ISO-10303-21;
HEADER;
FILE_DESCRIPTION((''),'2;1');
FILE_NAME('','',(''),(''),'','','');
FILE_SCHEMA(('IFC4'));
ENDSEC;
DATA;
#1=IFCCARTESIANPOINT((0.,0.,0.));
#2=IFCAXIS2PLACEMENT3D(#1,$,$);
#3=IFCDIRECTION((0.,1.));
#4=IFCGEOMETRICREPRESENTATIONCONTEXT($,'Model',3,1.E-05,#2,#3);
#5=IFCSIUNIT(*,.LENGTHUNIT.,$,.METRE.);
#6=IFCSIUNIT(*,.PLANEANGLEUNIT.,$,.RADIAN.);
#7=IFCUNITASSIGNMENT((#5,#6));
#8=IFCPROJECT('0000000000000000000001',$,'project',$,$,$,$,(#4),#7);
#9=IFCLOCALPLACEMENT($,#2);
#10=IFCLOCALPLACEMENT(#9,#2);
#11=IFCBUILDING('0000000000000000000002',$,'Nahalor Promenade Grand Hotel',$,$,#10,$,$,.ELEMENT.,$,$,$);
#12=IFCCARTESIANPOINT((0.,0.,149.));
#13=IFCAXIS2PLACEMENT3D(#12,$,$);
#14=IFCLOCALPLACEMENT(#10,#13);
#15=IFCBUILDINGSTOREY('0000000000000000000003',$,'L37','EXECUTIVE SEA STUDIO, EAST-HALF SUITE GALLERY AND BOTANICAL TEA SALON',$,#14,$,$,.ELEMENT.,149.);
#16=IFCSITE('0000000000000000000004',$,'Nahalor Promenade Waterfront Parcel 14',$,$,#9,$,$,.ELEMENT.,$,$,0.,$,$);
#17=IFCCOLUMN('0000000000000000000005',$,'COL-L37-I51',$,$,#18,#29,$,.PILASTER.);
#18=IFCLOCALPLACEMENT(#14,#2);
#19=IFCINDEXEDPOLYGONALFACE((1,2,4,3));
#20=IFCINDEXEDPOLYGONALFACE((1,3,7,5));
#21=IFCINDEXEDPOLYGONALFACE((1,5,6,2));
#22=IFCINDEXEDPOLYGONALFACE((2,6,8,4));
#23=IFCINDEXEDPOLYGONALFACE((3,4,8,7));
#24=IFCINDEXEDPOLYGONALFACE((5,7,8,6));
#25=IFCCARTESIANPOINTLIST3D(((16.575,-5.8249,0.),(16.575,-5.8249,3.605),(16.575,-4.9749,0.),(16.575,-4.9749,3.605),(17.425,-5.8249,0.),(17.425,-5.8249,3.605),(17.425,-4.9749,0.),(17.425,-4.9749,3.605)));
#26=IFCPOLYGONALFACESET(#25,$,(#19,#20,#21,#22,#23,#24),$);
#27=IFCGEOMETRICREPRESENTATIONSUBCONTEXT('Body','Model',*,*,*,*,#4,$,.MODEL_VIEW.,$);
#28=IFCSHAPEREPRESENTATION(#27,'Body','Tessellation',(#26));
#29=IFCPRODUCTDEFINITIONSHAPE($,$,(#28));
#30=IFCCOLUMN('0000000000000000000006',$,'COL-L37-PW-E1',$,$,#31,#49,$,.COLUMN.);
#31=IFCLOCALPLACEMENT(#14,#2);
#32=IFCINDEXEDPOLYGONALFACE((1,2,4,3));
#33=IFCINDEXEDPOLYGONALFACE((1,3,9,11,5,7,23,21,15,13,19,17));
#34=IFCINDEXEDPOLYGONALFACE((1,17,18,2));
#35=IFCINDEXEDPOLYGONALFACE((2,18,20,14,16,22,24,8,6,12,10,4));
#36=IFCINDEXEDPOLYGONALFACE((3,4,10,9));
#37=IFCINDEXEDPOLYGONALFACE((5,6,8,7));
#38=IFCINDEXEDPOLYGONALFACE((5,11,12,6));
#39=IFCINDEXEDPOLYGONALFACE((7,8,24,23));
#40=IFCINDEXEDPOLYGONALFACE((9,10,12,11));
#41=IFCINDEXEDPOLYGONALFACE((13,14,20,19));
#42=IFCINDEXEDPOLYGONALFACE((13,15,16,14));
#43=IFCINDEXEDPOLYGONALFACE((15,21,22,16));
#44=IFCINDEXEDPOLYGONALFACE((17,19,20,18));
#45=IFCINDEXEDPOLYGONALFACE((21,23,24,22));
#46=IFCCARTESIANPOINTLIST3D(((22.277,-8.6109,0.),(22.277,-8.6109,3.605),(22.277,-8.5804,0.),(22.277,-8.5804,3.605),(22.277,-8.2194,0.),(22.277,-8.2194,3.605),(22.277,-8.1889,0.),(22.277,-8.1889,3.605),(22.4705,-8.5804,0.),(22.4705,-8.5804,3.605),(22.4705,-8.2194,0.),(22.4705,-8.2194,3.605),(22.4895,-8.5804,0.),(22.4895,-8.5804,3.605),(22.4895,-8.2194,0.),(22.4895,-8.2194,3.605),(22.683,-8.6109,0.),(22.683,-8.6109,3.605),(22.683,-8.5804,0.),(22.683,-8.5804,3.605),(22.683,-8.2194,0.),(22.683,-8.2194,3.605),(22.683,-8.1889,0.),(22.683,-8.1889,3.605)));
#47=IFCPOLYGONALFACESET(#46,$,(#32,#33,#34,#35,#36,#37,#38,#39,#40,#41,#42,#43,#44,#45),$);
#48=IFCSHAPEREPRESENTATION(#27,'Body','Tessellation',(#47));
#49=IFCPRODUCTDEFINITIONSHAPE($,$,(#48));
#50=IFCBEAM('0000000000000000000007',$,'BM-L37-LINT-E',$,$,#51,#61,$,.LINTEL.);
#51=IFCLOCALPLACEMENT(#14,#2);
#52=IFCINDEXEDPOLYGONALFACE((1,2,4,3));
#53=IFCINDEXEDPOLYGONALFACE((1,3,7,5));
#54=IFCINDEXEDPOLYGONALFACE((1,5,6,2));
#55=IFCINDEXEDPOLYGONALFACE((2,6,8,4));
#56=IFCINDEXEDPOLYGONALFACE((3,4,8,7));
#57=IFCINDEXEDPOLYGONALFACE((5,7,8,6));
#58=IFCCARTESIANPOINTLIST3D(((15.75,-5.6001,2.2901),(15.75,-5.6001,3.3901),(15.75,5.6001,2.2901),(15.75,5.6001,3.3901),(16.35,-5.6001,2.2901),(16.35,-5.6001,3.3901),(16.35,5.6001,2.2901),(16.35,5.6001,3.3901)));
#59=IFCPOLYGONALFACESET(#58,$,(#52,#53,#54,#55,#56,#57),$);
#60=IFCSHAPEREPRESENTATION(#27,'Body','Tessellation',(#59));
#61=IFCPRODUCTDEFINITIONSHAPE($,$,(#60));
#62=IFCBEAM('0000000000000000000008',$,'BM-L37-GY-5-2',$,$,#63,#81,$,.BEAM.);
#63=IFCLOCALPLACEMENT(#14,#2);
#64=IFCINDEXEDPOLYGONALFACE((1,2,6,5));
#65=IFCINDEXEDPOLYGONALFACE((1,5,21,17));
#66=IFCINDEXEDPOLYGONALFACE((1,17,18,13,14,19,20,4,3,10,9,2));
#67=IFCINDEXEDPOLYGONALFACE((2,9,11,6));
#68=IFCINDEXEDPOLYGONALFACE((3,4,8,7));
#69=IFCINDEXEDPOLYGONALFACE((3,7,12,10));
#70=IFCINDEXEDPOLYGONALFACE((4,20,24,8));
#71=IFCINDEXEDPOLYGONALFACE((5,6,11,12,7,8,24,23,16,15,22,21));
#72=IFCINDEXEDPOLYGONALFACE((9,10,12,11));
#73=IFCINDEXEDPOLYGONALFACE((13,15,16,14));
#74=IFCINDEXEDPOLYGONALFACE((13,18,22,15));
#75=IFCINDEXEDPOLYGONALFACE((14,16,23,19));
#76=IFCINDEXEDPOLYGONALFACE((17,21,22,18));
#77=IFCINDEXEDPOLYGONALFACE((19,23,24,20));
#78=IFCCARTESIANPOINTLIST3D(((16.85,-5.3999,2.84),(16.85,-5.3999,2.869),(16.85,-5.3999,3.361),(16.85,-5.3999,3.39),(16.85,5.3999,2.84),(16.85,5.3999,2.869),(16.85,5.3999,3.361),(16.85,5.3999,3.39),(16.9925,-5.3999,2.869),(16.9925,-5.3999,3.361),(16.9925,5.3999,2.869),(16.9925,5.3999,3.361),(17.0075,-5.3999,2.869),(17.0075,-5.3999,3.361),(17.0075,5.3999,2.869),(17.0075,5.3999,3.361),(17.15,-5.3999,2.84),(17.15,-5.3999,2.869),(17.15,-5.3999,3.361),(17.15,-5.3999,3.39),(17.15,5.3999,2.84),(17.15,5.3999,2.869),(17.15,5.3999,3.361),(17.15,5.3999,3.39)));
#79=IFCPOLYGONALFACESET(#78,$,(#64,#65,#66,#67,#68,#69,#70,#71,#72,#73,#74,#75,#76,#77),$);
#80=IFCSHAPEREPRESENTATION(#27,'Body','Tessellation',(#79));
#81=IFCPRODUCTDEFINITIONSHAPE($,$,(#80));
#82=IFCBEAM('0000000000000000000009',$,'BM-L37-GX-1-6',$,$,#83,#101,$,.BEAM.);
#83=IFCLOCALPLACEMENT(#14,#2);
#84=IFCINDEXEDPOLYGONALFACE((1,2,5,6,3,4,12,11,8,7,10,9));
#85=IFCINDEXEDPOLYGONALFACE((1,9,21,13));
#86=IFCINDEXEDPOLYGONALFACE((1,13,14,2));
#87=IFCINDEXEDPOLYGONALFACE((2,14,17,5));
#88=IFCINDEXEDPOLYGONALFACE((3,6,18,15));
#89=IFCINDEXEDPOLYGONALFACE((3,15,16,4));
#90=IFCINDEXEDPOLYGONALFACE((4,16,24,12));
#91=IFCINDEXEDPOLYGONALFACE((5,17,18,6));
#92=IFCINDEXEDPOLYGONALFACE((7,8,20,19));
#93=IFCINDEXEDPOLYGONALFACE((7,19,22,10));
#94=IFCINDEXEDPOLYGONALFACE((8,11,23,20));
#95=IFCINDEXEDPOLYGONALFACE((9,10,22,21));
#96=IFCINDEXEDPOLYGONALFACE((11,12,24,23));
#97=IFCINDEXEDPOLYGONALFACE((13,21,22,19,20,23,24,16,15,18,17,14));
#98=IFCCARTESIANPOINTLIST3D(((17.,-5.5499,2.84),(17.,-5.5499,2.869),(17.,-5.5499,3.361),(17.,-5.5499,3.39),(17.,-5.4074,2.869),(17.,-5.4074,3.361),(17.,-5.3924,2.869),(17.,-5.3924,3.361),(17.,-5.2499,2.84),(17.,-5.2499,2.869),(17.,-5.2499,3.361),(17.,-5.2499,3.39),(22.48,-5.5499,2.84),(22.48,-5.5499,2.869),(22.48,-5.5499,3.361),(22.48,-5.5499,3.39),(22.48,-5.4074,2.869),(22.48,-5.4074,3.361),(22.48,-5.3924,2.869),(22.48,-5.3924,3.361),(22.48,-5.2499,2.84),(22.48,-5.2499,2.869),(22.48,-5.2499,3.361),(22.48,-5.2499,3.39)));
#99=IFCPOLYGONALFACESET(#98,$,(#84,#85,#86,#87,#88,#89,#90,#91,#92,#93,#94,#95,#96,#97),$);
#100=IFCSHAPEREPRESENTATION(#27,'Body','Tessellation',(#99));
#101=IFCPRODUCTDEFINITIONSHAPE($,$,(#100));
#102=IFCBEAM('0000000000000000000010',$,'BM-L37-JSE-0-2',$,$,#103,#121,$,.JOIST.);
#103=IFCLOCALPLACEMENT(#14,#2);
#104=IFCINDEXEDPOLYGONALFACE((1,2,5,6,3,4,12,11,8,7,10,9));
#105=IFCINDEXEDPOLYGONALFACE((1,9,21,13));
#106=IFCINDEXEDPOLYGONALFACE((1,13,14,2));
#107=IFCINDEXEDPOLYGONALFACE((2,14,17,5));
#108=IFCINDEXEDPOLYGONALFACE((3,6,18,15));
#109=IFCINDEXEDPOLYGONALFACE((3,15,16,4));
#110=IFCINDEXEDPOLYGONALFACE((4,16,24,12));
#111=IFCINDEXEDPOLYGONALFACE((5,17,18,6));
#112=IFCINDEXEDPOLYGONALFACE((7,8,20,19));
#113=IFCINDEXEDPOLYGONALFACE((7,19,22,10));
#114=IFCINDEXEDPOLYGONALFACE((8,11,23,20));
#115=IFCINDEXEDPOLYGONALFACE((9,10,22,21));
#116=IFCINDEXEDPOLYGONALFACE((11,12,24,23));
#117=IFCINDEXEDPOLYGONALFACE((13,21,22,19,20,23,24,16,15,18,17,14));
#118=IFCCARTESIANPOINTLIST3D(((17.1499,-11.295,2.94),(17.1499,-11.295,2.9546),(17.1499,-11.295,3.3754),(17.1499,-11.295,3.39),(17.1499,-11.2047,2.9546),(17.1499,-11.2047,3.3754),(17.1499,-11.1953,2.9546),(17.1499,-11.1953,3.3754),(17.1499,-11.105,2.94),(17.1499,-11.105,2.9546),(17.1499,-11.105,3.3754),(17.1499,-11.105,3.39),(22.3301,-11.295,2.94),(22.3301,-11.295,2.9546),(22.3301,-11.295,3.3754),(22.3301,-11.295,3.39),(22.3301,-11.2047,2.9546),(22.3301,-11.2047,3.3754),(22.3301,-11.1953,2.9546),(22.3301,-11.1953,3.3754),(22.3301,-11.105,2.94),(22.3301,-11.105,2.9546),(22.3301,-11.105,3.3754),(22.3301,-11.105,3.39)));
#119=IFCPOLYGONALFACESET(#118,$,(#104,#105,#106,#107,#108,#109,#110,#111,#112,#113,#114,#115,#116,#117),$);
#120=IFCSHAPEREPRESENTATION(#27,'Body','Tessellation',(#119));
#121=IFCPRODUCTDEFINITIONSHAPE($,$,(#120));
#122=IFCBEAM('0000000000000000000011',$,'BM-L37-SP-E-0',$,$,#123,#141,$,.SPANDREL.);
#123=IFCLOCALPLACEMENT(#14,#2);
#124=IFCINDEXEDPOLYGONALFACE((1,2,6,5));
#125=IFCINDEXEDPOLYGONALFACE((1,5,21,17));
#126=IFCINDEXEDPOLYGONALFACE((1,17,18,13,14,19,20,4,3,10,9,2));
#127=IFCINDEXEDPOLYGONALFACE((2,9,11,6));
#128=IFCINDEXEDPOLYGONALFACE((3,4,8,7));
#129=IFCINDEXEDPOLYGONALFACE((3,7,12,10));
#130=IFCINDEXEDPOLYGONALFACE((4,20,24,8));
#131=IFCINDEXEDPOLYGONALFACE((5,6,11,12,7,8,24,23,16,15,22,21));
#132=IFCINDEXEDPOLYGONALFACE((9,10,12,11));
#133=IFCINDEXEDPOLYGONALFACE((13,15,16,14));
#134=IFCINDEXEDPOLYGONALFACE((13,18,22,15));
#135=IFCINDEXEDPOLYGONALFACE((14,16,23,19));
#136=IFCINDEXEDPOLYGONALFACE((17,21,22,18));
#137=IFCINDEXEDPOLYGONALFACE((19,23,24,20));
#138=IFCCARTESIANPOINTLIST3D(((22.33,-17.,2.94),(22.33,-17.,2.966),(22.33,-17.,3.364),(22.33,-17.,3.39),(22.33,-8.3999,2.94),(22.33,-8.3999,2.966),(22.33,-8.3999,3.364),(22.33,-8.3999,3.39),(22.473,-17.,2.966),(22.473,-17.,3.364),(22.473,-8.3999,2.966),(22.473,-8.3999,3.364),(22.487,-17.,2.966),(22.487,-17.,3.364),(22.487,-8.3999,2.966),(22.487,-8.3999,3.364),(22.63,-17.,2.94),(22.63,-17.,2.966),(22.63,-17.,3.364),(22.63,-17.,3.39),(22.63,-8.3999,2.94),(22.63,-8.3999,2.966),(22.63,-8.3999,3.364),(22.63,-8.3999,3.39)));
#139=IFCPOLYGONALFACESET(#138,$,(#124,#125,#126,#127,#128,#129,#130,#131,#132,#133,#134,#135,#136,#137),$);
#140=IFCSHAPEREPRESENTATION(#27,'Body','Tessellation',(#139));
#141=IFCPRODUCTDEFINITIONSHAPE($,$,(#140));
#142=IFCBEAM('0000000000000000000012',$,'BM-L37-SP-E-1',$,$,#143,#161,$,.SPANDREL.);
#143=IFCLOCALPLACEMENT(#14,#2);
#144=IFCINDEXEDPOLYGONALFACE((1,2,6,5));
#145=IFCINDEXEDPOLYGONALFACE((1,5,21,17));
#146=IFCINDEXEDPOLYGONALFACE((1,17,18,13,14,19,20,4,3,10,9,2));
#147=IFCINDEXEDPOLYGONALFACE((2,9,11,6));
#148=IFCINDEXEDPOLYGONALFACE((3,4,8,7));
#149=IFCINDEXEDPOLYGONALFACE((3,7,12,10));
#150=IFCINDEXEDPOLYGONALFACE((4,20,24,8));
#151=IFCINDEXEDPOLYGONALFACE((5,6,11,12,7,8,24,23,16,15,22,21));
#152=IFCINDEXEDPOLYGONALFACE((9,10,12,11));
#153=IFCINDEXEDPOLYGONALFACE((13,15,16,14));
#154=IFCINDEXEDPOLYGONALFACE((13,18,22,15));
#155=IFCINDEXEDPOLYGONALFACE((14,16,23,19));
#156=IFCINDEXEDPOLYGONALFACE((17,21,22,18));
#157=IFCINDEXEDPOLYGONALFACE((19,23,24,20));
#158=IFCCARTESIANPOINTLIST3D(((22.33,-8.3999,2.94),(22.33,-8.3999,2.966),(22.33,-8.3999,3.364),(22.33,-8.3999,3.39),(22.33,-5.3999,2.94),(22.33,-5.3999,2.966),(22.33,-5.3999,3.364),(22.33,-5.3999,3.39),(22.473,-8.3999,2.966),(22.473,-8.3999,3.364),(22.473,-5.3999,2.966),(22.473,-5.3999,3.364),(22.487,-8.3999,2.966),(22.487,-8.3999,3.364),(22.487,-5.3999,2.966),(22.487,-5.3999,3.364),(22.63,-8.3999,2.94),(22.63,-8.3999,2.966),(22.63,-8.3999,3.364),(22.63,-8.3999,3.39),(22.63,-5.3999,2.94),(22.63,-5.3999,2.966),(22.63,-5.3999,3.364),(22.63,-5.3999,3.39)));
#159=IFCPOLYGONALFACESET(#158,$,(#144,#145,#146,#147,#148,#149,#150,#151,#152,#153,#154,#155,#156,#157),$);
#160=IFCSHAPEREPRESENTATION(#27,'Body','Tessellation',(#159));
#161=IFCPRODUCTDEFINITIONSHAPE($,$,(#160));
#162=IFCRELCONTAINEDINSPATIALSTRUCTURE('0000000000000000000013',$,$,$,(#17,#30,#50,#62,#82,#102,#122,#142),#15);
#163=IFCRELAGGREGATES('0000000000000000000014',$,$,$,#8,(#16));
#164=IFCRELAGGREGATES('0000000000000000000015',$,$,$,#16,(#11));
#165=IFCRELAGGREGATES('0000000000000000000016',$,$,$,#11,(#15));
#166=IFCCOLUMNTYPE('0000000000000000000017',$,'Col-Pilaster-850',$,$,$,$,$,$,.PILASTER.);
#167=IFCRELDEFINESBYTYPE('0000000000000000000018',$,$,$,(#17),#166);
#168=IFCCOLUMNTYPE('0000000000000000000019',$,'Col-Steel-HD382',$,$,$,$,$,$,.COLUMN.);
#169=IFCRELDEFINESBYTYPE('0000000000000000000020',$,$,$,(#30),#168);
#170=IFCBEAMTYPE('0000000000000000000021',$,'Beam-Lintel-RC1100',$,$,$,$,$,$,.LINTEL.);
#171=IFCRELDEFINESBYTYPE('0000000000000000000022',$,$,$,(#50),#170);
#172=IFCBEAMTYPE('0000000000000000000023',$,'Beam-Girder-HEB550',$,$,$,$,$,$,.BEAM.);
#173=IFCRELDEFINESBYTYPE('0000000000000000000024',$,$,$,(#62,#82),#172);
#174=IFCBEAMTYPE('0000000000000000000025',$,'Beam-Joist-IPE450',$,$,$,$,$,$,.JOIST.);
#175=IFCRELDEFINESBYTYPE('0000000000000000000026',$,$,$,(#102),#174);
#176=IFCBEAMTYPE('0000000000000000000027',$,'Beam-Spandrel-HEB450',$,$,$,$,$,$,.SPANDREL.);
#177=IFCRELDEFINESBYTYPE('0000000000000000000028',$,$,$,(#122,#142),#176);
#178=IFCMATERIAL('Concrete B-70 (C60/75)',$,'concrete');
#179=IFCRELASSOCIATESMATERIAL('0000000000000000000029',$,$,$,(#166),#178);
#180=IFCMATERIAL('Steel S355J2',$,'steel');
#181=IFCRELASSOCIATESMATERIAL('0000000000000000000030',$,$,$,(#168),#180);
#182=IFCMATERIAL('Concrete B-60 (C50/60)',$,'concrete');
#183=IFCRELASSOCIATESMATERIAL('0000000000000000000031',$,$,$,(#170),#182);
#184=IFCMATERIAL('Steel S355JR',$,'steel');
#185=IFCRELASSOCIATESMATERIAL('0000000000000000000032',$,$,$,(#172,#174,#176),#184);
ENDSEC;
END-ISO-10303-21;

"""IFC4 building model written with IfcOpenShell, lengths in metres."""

from ifc_helpers import new_model, si_unit, direction, frame, origin, origin_2d, place, context, subcontext, project, spatial, rectangle, i_section, extrude, source, transform, mapped, material, material_profile, profile_set, type_object, element, save


model = new_model("IFC4")

# Units and contexts
model_context = context("Model", 3, precision=1e-05, world=origin(), true_north=direction((0.0, 1.0)))
body_context = subcontext(model_context, "Body", "Model", "MODEL_VIEW")
ifc_project = project(units=[si_unit("LENGTHUNIT", "METRE"), si_unit("PLANEANGLEUNIT", "RADIAN")], contexts=[model_context])

# Site, building, storey
site_placement = place(None, origin())
site = spatial("IfcSite", under=ifc_project, at=site_placement, Name="Nahalor Promenade Waterfront Parcel 14", CompositionType="ELEMENT", RefElevation=0.0)
building_placement = place(site_placement, origin())
building = spatial("IfcBuilding", under=site, at=building_placement, Name="Nahalor Promenade Grand Hotel", CompositionType="ELEMENT")
storey_placement = place(building_placement, frame((0.0, 0.0, 149.0)))
storey = spatial("IfcBuildingStorey", under=building, at=storey_placement, Name="L37", Description="EXECUTIVE SEA STUDIO, EAST-HALF SUITE GALLERY AND BOTANICAL TEA SALON", CompositionType="ELEMENT", Elevation=149.0)

# Columns
ifc_material_1 = material(Name="Concrete B-70 (C60/75)", Category="concrete")
ifc_material_profile_1 = material_profile(ifc_material_1, rectangle(XDim=0.85, YDim=0.85, at=origin_2d()), Name="RC 850x850")
ifc_profile_set_1 = profile_set([ifc_material_profile_1], Name="Concrete B-70 (C60/75)")
column_type_1 = type_object("IfcColumnType", Name="Col-Pilaster-850", PredefinedType="PILASTER", material=ifc_profile_set_1)
shared_shape_1 = source(origin(), body_context, "Body", "SweptSolid", [
    extrude(rectangle(XDim=0.85, YDim=0.85, at=origin_2d()), origin(), (0.0, 0.0, 1.0), 3.605),
])
column_1_placement = place(storey_placement, frame((17.0, -5.3999, 0.0), z_axis=(0.0, 0.0, 1.0), x_axis=(1.0, 0.0, 0.0)))
element("IfcColumn", 1, at=column_1_placement, inside=storey, type_object=column_type_1, Name="COL-L37-I51", PredefinedType="PILASTER", context=body_context, shape_type="MappedRepresentation", body=[
    mapped(shared_shape_1, transform((0.0, 0.0, 0.0), scale=1.0)),
])
ifc_material_2 = material(Name="Steel S355J2", Category="steel")
ifc_material_profile_2 = material_profile(ifc_material_2, i_section(OverallWidth=0.406, OverallDepth=0.422, WebThickness=0.019, FlangeThickness=0.0305, at=origin_2d()), Name="HD 400x382")
ifc_profile_set_2 = profile_set([ifc_material_profile_2], Name="Steel S355J2")
column_type_2 = type_object("IfcColumnType", Name="Col-Steel-HD382", PredefinedType="COLUMN", material=ifc_profile_set_2)
shared_shape_2 = source(origin(), body_context, "Body", "SweptSolid", [
    extrude(i_section(OverallWidth=0.406, OverallDepth=0.422, WebThickness=0.019, FlangeThickness=0.0305, at=origin_2d()), origin(), (0.0, 0.0, 1.0), 3.605),
])
column_2_placement = place(storey_placement, frame((22.48, -8.3999, 0.0), z_axis=(0.0, 0.0, 1.0), x_axis=(1.0, 0.0, 0.0)))
element("IfcColumn", 2, at=column_2_placement, inside=storey, type_object=column_type_2, Name="COL-L37-PW-E1", PredefinedType="COLUMN", context=body_context, shape_type="MappedRepresentation", body=[
    mapped(shared_shape_2, transform((0.0, 0.0, 0.0), scale=1.0)),
])

# Beams
ifc_material_3 = material(Name="Concrete B-60 (C50/60)", Category="concrete")
ifc_material_profile_3 = material_profile(ifc_material_3, rectangle(XDim=0.6, YDim=1.1, at=origin_2d()), Name="RC 600x1100")
ifc_profile_set_3 = profile_set([ifc_material_profile_3], Name="Concrete B-60 (C50/60)")
beam_type_1 = type_object("IfcBeamType", Name="Beam-Lintel-RC1100", PredefinedType="LINTEL", material=ifc_profile_set_3)
shared_shape_3 = source(origin(), body_context, "Body", "SweptSolid", [
    extrude(rectangle(XDim=0.6, YDim=1.1, at=origin_2d()), origin(), (0.0, 0.0, 1.0), 11.2002),
])
beam_1_placement = place(storey_placement, frame((16.05, -5.6001, 2.8401), z_axis=(0.0, 1.0, 0.0), x_axis=(-1.0, 0.0, 0.0)))
element("IfcBeam", 3, at=beam_1_placement, inside=storey, type_object=beam_type_1, Name="BM-L37-LINT-E", PredefinedType="LINTEL", context=body_context, shape_type="MappedRepresentation", body=[
    mapped(shared_shape_3, transform((0.0, 0.0, 0.0), scale=1.0)),
])
ifc_material_4 = material(Name="Steel S355JR", Category="steel")
ifc_material_profile_4 = material_profile(ifc_material_4, i_section(OverallWidth=0.3, OverallDepth=0.55, WebThickness=0.015, FlangeThickness=0.029, at=origin_2d()), Name="HEB 550")
ifc_profile_set_4 = profile_set([ifc_material_profile_4], Name="Steel S355JR")
beam_type_2 = type_object("IfcBeamType", Name="Beam-Girder-HEB550", PredefinedType="BEAM", material=ifc_profile_set_4)
shared_shape_4 = source(origin(), body_context, "Body", "SweptSolid", [
    extrude(i_section(OverallWidth=0.3, OverallDepth=0.55, WebThickness=0.015, FlangeThickness=0.029, at=origin_2d()), origin(), (0.0, 0.0, 1.0), 10.7998),
])
beam_2_placement = place(storey_placement, frame((17.0, -5.3999, 3.115), z_axis=(0.0, 1.0, 0.0), x_axis=(-1.0, 0.0, 0.0)))
element("IfcBeam", 4, at=beam_2_placement, inside=storey, type_object=beam_type_2, Name="BM-L37-GY-5-2", PredefinedType="BEAM", context=body_context, shape_type="MappedRepresentation", body=[
    mapped(shared_shape_4, transform((0.0, 0.0, 0.0), scale=1.0)),
])
shared_shape_5 = source(origin(), body_context, "Body", "SweptSolid", [
    extrude(i_section(OverallWidth=0.3, OverallDepth=0.55, WebThickness=0.015, FlangeThickness=0.029, at=origin_2d()), origin(), (0.0, 0.0, 1.0), 5.48),
])
beam_3_placement = place(storey_placement, frame((17.0, -5.3999, 3.115), z_axis=(1.0, 0.0, 0.0), x_axis=(0.0, 1.0, 0.0)))
element("IfcBeam", 5, at=beam_3_placement, inside=storey, type_object=beam_type_2, Name="BM-L37-GX-1-6", PredefinedType="BEAM", context=body_context, shape_type="MappedRepresentation", body=[
    mapped(shared_shape_5, transform((0.0, 0.0, 0.0), scale=1.0)),
])
ifc_material_profile_5 = material_profile(ifc_material_4, i_section(OverallWidth=0.19, OverallDepth=0.45, WebThickness=0.0094, FlangeThickness=0.0146, at=origin_2d()), Name="IPE 450")
ifc_profile_set_5 = profile_set([ifc_material_profile_5], Name="Steel S355JR")
beam_type_3 = type_object("IfcBeamType", Name="Beam-Joist-IPE450", PredefinedType="JOIST", material=ifc_profile_set_5)
shared_shape_6 = source(origin(), body_context, "Body", "SweptSolid", [
    extrude(i_section(OverallWidth=0.19, OverallDepth=0.45, WebThickness=0.0094, FlangeThickness=0.0146, at=origin_2d()), origin(), (0.0, 0.0, 1.0), 5.1802),
])
beam_4_placement = place(storey_placement, frame((17.1499, -11.2, 3.165), z_axis=(1.0, 0.0, 0.0), x_axis=(0.0, 1.0, 0.0)))
element("IfcBeam", 6, at=beam_4_placement, inside=storey, type_object=beam_type_3, Name="BM-L37-JSE-0-2", PredefinedType="JOIST", context=body_context, shape_type="MappedRepresentation", body=[
    mapped(shared_shape_6, transform((0.0, 0.0, 0.0), scale=1.0)),
])
ifc_material_profile_6 = material_profile(ifc_material_4, i_section(OverallWidth=0.3, OverallDepth=0.45, WebThickness=0.014, FlangeThickness=0.026, at=origin_2d()), Name="HEB 450")
ifc_profile_set_6 = profile_set([ifc_material_profile_6], Name="Steel S355JR")
beam_type_4 = type_object("IfcBeamType", Name="Beam-Spandrel-HEB450", PredefinedType="SPANDREL", material=ifc_profile_set_6)
shared_shape_7 = source(origin(), body_context, "Body", "SweptSolid", [
    extrude(i_section(OverallWidth=0.3, OverallDepth=0.45, WebThickness=0.014, FlangeThickness=0.026, at=origin_2d()), origin(), (0.0, 0.0, 1.0), 8.6001),
])
beam_5_placement = place(storey_placement, frame((22.48, -17.0, 3.165), z_axis=(0.0, 1.0, 0.0), x_axis=(-1.0, 0.0, 0.0)))
element("IfcBeam", 7, at=beam_5_placement, inside=storey, type_object=beam_type_4, Name="BM-L37-SP-E-0", PredefinedType="SPANDREL", context=body_context, shape_type="MappedRepresentation", body=[
    mapped(shared_shape_7, transform((0.0, 0.0, 0.0), scale=1.0)),
])
shared_shape_8 = source(origin(), body_context, "Body", "SweptSolid", [
    extrude(i_section(OverallWidth=0.3, OverallDepth=0.45, WebThickness=0.014, FlangeThickness=0.026, at=origin_2d()), origin(), (0.0, 0.0, 1.0), 3.0),
])
beam_6_placement = place(storey_placement, frame((22.48, -8.3999, 3.165), z_axis=(0.0, 1.0, 0.0), x_axis=(-1.0, 0.0, 0.0)))
element("IfcBeam", 8, at=beam_6_placement, inside=storey, type_object=beam_type_4, Name="BM-L37-SP-E-1", PredefinedType="SPANDREL", context=body_context, shape_type="MappedRepresentation", body=[
    mapped(shared_shape_8, transform((0.0, 0.0, 0.0), scale=1.0)),
])

save(model, "model.ifc")
